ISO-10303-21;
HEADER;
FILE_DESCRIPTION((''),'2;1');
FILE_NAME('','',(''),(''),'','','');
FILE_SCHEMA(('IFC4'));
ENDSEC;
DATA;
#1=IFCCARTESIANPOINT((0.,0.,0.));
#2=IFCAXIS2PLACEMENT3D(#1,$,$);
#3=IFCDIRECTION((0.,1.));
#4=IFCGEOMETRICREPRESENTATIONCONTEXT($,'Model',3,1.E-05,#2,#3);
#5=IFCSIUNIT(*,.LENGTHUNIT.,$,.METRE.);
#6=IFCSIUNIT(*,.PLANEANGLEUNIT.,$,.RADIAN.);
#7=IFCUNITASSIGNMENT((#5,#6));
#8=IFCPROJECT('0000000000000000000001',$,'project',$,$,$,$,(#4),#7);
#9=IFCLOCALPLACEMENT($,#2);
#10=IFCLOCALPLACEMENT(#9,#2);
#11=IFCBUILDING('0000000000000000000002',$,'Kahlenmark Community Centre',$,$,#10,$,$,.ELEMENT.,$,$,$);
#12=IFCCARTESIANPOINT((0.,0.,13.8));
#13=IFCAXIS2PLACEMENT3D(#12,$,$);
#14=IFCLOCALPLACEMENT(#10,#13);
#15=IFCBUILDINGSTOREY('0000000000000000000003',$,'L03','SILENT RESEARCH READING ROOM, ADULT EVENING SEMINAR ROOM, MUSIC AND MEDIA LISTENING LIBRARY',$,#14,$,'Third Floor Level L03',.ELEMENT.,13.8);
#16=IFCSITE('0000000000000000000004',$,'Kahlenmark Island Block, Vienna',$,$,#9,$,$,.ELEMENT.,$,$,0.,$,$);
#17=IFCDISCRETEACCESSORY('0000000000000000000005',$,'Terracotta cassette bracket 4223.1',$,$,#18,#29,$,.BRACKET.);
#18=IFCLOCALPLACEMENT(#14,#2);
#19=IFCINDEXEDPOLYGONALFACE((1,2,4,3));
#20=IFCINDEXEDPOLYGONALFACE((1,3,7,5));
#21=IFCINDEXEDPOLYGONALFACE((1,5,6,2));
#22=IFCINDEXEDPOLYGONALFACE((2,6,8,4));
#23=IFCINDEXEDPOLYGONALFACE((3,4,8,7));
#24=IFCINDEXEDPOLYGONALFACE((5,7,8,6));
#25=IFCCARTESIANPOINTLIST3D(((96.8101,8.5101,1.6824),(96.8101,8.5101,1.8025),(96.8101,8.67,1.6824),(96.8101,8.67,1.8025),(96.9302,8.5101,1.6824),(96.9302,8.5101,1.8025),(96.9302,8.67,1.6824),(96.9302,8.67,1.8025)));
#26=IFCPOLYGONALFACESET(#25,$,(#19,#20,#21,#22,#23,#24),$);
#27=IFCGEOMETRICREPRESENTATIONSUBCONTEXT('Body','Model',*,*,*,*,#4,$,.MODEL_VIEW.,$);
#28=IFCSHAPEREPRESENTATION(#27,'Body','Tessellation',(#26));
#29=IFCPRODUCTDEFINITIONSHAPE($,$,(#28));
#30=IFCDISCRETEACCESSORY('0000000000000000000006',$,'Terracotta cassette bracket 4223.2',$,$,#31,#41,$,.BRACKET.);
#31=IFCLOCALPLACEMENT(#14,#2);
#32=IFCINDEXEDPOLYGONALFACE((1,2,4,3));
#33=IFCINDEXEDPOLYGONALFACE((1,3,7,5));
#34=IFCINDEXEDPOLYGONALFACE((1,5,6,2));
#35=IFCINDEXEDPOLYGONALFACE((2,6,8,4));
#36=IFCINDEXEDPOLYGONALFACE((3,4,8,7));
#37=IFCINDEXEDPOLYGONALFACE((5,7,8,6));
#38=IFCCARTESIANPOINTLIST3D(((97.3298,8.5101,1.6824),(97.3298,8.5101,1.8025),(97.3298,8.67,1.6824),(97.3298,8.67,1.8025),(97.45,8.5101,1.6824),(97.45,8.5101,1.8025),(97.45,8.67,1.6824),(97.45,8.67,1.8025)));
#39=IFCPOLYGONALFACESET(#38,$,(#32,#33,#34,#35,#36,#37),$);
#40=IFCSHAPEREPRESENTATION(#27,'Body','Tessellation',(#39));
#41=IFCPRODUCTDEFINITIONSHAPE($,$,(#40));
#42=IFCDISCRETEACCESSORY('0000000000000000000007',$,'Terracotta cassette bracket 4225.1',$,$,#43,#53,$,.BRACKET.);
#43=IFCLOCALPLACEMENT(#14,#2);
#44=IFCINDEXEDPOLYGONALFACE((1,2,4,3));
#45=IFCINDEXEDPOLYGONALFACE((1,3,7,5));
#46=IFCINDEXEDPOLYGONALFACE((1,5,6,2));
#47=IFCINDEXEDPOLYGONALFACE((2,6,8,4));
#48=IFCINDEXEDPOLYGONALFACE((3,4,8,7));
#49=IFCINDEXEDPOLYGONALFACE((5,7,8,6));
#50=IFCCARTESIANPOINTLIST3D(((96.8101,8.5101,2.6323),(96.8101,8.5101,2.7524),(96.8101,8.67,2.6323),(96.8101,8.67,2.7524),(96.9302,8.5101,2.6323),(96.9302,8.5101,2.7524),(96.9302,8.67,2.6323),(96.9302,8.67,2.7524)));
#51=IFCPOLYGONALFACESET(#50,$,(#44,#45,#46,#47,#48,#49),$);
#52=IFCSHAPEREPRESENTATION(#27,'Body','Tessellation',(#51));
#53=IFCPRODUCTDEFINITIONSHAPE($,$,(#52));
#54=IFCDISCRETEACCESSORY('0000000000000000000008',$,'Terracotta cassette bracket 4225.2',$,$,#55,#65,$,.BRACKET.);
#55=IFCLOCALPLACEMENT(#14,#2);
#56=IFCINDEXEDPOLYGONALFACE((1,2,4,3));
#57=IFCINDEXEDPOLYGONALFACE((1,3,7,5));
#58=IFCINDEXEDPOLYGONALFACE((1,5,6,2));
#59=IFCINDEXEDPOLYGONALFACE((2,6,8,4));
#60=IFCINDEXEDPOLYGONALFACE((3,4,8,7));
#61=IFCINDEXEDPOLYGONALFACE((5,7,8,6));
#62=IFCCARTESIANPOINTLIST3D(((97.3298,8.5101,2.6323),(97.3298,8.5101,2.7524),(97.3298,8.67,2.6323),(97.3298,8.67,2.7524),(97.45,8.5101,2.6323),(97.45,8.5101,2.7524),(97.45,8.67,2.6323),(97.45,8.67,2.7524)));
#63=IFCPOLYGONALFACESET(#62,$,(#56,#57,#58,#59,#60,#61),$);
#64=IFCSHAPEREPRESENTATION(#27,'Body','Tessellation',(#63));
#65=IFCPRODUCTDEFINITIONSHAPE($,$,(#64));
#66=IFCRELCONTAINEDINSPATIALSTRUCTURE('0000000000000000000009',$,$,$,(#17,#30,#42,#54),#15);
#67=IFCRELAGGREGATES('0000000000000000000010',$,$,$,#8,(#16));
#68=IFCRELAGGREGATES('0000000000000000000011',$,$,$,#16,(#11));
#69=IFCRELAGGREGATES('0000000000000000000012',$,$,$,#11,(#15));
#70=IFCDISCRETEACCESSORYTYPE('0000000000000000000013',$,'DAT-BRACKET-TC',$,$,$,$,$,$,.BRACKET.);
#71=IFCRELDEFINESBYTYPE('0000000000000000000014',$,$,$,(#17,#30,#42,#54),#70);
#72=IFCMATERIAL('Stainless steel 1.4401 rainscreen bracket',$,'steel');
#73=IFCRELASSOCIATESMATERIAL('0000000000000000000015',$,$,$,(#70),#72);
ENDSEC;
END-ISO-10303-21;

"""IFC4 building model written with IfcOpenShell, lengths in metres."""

from ifc_helpers import new_model, si_unit, direction, frame, origin, origin_2d, place, context, subcontext, project, spatial, rectangle, extrude, material, type_object, element, save


model = new_model("IFC4")

# Units and contexts
model_context = context("Model", 3, precision=1e-05, world=origin(), true_north=direction((0.0, 1.0)))
body_context = subcontext(model_context, "Body", "Model", "MODEL_VIEW")
ifc_project = project(units=[si_unit("LENGTHUNIT", "METRE"), si_unit("PLANEANGLEUNIT", "RADIAN")], contexts=[model_context])

# Site, building, storey
site_placement = place(None, origin())
site = spatial("IfcSite", under=ifc_project, at=site_placement, Name="Kahlenmark Island Block, Vienna", CompositionType="ELEMENT", RefElevation=0.0)
building_placement = place(site_placement, origin())
building = spatial("IfcBuilding", under=site, at=building_placement, Name="Kahlenmark Community Centre", CompositionType="ELEMENT")
storey_placement = place(building_placement, frame((0.0, 0.0, 13.8)))
storey = spatial("IfcBuildingStorey", under=building, at=storey_placement, Name="L03", Description="SILENT RESEARCH READING ROOM, ADULT EVENING SEMINAR ROOM, MUSIC AND MEDIA LISTENING LIBRARY", LongName="Third Floor Level L03", CompositionType="ELEMENT", Elevation=13.8)

# Discrete accessories
ifc_material_1 = material(Name="Stainless steel 1.4401 rainscreen bracket", Category="steel")
discrete_accessory_type = type_object("IfcDiscreteAccessoryType", Name="DAT-BRACKET-TC", PredefinedType="BRACKET", material=ifc_material_1)
for number, where, z_axis, x_axis, name in (
    (1, (96.8701, 8.5901, 1.6824), (0.0, 0.0, 1.0), (1.0, 0.0, 0.0), "Terracotta cassette bracket 4223.1"),
    (2, (97.3899, 8.5901, 1.6824), (0.0, 0.0, 1.0), (1.0, 0.0, 0.0), "Terracotta cassette bracket 4223.2"),
    (3, (96.8701, 8.5901, 2.6323), (0.0, 0.0, 1.0), (1.0, 0.0, 0.0), "Terracotta cassette bracket 4225.1"),
    (4, (97.3899, 8.5901, 2.6323), (0.0, 0.0, 1.0), (1.0, 0.0, 0.0), "Terracotta cassette bracket 4225.2"),
):
    element("IfcDiscreteAccessory", number, at=place(storey_placement, frame(where, z_axis=z_axis, x_axis=x_axis)), inside=storey, type_object=discrete_accessory_type, Name=name, PredefinedType="BRACKET", context=body_context, shape_type="SweptSolid", body=[
        extrude(rectangle(XDim=0.1201, YDim=0.1599, at=origin_2d()), origin(), (0.0, 0.0, 1.0), 0.1201),
    ])

save(model, "model.ifc")
